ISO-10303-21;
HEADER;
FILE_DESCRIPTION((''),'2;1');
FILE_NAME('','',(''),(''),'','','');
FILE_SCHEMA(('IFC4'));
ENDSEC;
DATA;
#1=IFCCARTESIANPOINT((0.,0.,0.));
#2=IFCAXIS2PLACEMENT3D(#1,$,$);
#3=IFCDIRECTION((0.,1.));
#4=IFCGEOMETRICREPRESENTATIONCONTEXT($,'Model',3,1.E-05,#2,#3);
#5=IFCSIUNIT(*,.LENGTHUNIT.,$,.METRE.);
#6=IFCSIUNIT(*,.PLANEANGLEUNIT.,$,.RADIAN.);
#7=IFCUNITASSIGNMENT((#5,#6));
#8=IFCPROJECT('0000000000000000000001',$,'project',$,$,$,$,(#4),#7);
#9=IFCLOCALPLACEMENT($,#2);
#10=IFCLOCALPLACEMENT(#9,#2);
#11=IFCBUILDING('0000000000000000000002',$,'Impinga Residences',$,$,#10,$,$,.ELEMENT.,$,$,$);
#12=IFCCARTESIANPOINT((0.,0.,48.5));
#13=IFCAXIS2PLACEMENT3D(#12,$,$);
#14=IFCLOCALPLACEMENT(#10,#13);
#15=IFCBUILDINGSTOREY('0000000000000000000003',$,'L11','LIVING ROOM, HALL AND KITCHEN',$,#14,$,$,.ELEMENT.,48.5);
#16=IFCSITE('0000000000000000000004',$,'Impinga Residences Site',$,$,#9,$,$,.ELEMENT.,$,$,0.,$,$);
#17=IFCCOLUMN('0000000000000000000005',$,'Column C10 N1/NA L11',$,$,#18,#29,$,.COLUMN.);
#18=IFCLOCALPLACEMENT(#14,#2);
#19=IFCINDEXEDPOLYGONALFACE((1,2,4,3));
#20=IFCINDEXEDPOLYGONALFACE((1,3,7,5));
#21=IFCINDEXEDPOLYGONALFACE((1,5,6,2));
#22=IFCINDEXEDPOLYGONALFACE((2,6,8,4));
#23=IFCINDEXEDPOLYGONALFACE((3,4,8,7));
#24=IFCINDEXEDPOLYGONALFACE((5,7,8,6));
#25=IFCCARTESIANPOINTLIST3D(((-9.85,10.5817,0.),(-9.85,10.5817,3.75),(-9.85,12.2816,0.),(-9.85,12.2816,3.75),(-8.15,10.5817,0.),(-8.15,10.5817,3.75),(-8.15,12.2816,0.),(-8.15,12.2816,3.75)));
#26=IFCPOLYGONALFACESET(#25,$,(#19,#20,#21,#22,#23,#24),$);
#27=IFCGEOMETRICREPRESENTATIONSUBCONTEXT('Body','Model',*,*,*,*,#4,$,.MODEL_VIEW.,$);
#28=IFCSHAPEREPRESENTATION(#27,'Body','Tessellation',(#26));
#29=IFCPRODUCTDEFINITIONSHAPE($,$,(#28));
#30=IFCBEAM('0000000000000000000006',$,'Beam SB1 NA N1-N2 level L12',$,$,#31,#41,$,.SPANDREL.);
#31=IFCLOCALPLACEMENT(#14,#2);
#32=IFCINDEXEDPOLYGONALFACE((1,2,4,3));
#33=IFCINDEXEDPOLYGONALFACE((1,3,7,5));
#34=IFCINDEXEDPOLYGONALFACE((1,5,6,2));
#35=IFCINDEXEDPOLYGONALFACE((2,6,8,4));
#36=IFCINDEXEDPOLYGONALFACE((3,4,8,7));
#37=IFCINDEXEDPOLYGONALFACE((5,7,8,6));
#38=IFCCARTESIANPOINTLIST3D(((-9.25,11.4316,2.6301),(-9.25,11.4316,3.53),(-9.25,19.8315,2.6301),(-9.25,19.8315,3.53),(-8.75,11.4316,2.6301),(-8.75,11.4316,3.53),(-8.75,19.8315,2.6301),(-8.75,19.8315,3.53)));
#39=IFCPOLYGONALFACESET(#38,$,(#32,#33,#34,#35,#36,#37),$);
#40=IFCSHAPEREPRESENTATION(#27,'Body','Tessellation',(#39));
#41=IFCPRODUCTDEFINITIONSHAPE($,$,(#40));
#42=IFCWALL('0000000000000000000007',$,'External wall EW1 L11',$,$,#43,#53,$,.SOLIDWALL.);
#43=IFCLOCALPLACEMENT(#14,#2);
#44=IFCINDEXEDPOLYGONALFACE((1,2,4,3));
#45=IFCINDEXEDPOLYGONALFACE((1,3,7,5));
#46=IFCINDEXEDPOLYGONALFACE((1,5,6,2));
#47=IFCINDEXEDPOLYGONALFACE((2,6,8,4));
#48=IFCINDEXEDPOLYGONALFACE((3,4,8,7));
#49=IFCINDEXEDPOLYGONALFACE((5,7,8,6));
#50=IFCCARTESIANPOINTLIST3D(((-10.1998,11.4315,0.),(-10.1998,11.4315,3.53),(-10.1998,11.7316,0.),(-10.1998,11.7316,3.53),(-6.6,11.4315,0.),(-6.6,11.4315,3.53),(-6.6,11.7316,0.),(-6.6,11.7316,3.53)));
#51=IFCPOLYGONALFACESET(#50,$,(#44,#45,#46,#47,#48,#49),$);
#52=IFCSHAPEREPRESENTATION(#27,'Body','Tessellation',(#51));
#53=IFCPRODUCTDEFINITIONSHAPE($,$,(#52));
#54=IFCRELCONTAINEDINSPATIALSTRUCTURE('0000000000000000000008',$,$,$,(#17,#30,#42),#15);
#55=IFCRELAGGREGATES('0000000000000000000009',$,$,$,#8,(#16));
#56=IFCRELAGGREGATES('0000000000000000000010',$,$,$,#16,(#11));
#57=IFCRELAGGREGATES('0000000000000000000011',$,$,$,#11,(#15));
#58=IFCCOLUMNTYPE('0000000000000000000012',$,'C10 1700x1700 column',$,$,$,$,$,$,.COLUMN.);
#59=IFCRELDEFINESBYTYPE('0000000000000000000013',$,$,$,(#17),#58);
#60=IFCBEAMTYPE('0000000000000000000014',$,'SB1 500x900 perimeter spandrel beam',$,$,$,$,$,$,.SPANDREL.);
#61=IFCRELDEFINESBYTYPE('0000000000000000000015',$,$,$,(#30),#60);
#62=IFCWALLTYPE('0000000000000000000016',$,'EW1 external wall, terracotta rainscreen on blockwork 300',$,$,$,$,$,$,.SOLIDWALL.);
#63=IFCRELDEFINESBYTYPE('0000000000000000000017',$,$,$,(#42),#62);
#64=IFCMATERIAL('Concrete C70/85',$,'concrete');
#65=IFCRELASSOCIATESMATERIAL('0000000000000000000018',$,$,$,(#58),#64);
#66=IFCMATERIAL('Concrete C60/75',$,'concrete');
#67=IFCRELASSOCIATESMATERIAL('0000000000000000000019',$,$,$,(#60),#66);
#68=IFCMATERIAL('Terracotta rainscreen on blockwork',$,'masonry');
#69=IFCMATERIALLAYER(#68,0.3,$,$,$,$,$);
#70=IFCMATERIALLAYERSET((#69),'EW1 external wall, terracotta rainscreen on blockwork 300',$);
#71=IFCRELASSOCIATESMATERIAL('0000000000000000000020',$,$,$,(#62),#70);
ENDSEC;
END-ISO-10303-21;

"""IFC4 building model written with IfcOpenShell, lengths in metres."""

from ifc_helpers import new_model, si_unit, direction, frame, frame_2d, origin, origin_2d, place, context, subcontext, project, spatial, rectangle, extrude, material, layer, layer_set, material_profile, profile_set, type_object, element, save


model = new_model("IFC4")

# Units and contexts
model_context = context("Model", 3, precision=1e-05, world=origin(), true_north=direction((0.0, 1.0)))
body_context = subcontext(model_context, "Body", "Model", "MODEL_VIEW")
ifc_project = project(units=[si_unit("LENGTHUNIT", "METRE"), si_unit("PLANEANGLEUNIT", "RADIAN")], contexts=[model_context])

# Site, building, storey
site_placement = place(None, origin())
site = spatial("IfcSite", under=ifc_project, at=site_placement, Name="Impinga Residences Site", CompositionType="ELEMENT", RefElevation=0.0)
building_placement = place(site_placement, origin())
building = spatial("IfcBuilding", under=site, at=building_placement, Name="Impinga Residences", CompositionType="ELEMENT")
storey_placement = place(building_placement, frame((0.0, 0.0, 48.5)))
storey = spatial("IfcBuildingStorey", under=building, at=storey_placement, Name="L11", Description="LIVING ROOM, HALL AND KITCHEN", CompositionType="ELEMENT", Elevation=48.5)

# Column
ifc_material_1 = material(Name="Concrete C70/85", Category="concrete")
ifc_material_profile_1 = material_profile(ifc_material_1, rectangle(XDim=1.7, YDim=1.7, at=origin_2d()), Name="RC 1700x1700")
ifc_profile_set_1 = profile_set([ifc_material_profile_1], Name="Concrete C70/85")
column_type = type_object("IfcColumnType", Name="C10 1700x1700 column", PredefinedType="COLUMN", material=ifc_profile_set_1)
column_placement = place(storey_placement, frame((-9.0, 11.4316, 0.0), z_axis=(0.0, 0.0, 1.0), x_axis=(1.0, 0.0, 0.0)))
element("IfcColumn", 1, at=column_placement, inside=storey, type_object=column_type, Name="Column C10 N1/NA L11", PredefinedType="COLUMN", context=body_context, shape_type="SweptSolid", body=[
    extrude(rectangle(XDim=1.7, YDim=1.7, at=origin_2d()), origin(), (0.0, 0.0, 1.0), 3.75),
])

# Beam
ifc_material_2 = material(Name="Concrete C60/75", Category="concrete")
ifc_material_profile_2 = material_profile(ifc_material_2, rectangle(XDim=0.5, YDim=0.8999, at=origin_2d()), Name="RC 500x900")
ifc_profile_set_2 = profile_set([ifc_material_profile_2], Name="Concrete C60/75")
beam_type = type_object("IfcBeamType", Name="SB1 500x900 perimeter spandrel beam", PredefinedType="SPANDREL", material=ifc_profile_set_2)
beam_placement = place(storey_placement, frame((-9.0, 11.4316, 3.0801), z_axis=(0.0, 1.0, 0.0), x_axis=(-1.0, 0.0, 0.0)))
element("IfcBeam", 2, at=beam_placement, inside=storey, type_object=beam_type, Name="Beam SB1 NA N1-N2 level L12", PredefinedType="SPANDREL", context=body_context, shape_type="SweptSolid", body=[
    extrude(rectangle(XDim=0.5, YDim=0.8999, at=origin_2d()), origin(), (0.0, 0.0, 1.0), 8.3999),
])

# Wall
ifc_material_3 = material(Name="Terracotta rainscreen on blockwork", Category="masonry")
ifc_layer_1 = layer(ifc_material_3, 0.3)
ifc_layer_set_1 = layer_set([ifc_layer_1], Name="EW1 external wall, terracotta rainscreen on blockwork 300")
wall_type_1 = type_object("IfcWallType", Name="EW1 external wall, terracotta rainscreen on blockwork 300", PredefinedType="SOLIDWALL", material=ifc_layer_set_1)
wall_1_placement = place(storey_placement, frame((-6.6001, 11.5815, 0.0), z_axis=(0.0, 0.0, 1.0), x_axis=(-1.0, 0.0, 0.0)))
element("IfcWall", 3, at=wall_1_placement, inside=storey, type_object=wall_type_1, Name="External wall EW1 L11", PredefinedType="SOLIDWALL", context=body_context, shape_type="SweptSolid", body=[
    extrude(rectangle(XDim=3.5999, YDim=0.3, at=frame_2d((1.7998, 0.0))), origin(), (0.0, 0.0, 1.0), 3.53),
])

save(model, "model.ifc")
